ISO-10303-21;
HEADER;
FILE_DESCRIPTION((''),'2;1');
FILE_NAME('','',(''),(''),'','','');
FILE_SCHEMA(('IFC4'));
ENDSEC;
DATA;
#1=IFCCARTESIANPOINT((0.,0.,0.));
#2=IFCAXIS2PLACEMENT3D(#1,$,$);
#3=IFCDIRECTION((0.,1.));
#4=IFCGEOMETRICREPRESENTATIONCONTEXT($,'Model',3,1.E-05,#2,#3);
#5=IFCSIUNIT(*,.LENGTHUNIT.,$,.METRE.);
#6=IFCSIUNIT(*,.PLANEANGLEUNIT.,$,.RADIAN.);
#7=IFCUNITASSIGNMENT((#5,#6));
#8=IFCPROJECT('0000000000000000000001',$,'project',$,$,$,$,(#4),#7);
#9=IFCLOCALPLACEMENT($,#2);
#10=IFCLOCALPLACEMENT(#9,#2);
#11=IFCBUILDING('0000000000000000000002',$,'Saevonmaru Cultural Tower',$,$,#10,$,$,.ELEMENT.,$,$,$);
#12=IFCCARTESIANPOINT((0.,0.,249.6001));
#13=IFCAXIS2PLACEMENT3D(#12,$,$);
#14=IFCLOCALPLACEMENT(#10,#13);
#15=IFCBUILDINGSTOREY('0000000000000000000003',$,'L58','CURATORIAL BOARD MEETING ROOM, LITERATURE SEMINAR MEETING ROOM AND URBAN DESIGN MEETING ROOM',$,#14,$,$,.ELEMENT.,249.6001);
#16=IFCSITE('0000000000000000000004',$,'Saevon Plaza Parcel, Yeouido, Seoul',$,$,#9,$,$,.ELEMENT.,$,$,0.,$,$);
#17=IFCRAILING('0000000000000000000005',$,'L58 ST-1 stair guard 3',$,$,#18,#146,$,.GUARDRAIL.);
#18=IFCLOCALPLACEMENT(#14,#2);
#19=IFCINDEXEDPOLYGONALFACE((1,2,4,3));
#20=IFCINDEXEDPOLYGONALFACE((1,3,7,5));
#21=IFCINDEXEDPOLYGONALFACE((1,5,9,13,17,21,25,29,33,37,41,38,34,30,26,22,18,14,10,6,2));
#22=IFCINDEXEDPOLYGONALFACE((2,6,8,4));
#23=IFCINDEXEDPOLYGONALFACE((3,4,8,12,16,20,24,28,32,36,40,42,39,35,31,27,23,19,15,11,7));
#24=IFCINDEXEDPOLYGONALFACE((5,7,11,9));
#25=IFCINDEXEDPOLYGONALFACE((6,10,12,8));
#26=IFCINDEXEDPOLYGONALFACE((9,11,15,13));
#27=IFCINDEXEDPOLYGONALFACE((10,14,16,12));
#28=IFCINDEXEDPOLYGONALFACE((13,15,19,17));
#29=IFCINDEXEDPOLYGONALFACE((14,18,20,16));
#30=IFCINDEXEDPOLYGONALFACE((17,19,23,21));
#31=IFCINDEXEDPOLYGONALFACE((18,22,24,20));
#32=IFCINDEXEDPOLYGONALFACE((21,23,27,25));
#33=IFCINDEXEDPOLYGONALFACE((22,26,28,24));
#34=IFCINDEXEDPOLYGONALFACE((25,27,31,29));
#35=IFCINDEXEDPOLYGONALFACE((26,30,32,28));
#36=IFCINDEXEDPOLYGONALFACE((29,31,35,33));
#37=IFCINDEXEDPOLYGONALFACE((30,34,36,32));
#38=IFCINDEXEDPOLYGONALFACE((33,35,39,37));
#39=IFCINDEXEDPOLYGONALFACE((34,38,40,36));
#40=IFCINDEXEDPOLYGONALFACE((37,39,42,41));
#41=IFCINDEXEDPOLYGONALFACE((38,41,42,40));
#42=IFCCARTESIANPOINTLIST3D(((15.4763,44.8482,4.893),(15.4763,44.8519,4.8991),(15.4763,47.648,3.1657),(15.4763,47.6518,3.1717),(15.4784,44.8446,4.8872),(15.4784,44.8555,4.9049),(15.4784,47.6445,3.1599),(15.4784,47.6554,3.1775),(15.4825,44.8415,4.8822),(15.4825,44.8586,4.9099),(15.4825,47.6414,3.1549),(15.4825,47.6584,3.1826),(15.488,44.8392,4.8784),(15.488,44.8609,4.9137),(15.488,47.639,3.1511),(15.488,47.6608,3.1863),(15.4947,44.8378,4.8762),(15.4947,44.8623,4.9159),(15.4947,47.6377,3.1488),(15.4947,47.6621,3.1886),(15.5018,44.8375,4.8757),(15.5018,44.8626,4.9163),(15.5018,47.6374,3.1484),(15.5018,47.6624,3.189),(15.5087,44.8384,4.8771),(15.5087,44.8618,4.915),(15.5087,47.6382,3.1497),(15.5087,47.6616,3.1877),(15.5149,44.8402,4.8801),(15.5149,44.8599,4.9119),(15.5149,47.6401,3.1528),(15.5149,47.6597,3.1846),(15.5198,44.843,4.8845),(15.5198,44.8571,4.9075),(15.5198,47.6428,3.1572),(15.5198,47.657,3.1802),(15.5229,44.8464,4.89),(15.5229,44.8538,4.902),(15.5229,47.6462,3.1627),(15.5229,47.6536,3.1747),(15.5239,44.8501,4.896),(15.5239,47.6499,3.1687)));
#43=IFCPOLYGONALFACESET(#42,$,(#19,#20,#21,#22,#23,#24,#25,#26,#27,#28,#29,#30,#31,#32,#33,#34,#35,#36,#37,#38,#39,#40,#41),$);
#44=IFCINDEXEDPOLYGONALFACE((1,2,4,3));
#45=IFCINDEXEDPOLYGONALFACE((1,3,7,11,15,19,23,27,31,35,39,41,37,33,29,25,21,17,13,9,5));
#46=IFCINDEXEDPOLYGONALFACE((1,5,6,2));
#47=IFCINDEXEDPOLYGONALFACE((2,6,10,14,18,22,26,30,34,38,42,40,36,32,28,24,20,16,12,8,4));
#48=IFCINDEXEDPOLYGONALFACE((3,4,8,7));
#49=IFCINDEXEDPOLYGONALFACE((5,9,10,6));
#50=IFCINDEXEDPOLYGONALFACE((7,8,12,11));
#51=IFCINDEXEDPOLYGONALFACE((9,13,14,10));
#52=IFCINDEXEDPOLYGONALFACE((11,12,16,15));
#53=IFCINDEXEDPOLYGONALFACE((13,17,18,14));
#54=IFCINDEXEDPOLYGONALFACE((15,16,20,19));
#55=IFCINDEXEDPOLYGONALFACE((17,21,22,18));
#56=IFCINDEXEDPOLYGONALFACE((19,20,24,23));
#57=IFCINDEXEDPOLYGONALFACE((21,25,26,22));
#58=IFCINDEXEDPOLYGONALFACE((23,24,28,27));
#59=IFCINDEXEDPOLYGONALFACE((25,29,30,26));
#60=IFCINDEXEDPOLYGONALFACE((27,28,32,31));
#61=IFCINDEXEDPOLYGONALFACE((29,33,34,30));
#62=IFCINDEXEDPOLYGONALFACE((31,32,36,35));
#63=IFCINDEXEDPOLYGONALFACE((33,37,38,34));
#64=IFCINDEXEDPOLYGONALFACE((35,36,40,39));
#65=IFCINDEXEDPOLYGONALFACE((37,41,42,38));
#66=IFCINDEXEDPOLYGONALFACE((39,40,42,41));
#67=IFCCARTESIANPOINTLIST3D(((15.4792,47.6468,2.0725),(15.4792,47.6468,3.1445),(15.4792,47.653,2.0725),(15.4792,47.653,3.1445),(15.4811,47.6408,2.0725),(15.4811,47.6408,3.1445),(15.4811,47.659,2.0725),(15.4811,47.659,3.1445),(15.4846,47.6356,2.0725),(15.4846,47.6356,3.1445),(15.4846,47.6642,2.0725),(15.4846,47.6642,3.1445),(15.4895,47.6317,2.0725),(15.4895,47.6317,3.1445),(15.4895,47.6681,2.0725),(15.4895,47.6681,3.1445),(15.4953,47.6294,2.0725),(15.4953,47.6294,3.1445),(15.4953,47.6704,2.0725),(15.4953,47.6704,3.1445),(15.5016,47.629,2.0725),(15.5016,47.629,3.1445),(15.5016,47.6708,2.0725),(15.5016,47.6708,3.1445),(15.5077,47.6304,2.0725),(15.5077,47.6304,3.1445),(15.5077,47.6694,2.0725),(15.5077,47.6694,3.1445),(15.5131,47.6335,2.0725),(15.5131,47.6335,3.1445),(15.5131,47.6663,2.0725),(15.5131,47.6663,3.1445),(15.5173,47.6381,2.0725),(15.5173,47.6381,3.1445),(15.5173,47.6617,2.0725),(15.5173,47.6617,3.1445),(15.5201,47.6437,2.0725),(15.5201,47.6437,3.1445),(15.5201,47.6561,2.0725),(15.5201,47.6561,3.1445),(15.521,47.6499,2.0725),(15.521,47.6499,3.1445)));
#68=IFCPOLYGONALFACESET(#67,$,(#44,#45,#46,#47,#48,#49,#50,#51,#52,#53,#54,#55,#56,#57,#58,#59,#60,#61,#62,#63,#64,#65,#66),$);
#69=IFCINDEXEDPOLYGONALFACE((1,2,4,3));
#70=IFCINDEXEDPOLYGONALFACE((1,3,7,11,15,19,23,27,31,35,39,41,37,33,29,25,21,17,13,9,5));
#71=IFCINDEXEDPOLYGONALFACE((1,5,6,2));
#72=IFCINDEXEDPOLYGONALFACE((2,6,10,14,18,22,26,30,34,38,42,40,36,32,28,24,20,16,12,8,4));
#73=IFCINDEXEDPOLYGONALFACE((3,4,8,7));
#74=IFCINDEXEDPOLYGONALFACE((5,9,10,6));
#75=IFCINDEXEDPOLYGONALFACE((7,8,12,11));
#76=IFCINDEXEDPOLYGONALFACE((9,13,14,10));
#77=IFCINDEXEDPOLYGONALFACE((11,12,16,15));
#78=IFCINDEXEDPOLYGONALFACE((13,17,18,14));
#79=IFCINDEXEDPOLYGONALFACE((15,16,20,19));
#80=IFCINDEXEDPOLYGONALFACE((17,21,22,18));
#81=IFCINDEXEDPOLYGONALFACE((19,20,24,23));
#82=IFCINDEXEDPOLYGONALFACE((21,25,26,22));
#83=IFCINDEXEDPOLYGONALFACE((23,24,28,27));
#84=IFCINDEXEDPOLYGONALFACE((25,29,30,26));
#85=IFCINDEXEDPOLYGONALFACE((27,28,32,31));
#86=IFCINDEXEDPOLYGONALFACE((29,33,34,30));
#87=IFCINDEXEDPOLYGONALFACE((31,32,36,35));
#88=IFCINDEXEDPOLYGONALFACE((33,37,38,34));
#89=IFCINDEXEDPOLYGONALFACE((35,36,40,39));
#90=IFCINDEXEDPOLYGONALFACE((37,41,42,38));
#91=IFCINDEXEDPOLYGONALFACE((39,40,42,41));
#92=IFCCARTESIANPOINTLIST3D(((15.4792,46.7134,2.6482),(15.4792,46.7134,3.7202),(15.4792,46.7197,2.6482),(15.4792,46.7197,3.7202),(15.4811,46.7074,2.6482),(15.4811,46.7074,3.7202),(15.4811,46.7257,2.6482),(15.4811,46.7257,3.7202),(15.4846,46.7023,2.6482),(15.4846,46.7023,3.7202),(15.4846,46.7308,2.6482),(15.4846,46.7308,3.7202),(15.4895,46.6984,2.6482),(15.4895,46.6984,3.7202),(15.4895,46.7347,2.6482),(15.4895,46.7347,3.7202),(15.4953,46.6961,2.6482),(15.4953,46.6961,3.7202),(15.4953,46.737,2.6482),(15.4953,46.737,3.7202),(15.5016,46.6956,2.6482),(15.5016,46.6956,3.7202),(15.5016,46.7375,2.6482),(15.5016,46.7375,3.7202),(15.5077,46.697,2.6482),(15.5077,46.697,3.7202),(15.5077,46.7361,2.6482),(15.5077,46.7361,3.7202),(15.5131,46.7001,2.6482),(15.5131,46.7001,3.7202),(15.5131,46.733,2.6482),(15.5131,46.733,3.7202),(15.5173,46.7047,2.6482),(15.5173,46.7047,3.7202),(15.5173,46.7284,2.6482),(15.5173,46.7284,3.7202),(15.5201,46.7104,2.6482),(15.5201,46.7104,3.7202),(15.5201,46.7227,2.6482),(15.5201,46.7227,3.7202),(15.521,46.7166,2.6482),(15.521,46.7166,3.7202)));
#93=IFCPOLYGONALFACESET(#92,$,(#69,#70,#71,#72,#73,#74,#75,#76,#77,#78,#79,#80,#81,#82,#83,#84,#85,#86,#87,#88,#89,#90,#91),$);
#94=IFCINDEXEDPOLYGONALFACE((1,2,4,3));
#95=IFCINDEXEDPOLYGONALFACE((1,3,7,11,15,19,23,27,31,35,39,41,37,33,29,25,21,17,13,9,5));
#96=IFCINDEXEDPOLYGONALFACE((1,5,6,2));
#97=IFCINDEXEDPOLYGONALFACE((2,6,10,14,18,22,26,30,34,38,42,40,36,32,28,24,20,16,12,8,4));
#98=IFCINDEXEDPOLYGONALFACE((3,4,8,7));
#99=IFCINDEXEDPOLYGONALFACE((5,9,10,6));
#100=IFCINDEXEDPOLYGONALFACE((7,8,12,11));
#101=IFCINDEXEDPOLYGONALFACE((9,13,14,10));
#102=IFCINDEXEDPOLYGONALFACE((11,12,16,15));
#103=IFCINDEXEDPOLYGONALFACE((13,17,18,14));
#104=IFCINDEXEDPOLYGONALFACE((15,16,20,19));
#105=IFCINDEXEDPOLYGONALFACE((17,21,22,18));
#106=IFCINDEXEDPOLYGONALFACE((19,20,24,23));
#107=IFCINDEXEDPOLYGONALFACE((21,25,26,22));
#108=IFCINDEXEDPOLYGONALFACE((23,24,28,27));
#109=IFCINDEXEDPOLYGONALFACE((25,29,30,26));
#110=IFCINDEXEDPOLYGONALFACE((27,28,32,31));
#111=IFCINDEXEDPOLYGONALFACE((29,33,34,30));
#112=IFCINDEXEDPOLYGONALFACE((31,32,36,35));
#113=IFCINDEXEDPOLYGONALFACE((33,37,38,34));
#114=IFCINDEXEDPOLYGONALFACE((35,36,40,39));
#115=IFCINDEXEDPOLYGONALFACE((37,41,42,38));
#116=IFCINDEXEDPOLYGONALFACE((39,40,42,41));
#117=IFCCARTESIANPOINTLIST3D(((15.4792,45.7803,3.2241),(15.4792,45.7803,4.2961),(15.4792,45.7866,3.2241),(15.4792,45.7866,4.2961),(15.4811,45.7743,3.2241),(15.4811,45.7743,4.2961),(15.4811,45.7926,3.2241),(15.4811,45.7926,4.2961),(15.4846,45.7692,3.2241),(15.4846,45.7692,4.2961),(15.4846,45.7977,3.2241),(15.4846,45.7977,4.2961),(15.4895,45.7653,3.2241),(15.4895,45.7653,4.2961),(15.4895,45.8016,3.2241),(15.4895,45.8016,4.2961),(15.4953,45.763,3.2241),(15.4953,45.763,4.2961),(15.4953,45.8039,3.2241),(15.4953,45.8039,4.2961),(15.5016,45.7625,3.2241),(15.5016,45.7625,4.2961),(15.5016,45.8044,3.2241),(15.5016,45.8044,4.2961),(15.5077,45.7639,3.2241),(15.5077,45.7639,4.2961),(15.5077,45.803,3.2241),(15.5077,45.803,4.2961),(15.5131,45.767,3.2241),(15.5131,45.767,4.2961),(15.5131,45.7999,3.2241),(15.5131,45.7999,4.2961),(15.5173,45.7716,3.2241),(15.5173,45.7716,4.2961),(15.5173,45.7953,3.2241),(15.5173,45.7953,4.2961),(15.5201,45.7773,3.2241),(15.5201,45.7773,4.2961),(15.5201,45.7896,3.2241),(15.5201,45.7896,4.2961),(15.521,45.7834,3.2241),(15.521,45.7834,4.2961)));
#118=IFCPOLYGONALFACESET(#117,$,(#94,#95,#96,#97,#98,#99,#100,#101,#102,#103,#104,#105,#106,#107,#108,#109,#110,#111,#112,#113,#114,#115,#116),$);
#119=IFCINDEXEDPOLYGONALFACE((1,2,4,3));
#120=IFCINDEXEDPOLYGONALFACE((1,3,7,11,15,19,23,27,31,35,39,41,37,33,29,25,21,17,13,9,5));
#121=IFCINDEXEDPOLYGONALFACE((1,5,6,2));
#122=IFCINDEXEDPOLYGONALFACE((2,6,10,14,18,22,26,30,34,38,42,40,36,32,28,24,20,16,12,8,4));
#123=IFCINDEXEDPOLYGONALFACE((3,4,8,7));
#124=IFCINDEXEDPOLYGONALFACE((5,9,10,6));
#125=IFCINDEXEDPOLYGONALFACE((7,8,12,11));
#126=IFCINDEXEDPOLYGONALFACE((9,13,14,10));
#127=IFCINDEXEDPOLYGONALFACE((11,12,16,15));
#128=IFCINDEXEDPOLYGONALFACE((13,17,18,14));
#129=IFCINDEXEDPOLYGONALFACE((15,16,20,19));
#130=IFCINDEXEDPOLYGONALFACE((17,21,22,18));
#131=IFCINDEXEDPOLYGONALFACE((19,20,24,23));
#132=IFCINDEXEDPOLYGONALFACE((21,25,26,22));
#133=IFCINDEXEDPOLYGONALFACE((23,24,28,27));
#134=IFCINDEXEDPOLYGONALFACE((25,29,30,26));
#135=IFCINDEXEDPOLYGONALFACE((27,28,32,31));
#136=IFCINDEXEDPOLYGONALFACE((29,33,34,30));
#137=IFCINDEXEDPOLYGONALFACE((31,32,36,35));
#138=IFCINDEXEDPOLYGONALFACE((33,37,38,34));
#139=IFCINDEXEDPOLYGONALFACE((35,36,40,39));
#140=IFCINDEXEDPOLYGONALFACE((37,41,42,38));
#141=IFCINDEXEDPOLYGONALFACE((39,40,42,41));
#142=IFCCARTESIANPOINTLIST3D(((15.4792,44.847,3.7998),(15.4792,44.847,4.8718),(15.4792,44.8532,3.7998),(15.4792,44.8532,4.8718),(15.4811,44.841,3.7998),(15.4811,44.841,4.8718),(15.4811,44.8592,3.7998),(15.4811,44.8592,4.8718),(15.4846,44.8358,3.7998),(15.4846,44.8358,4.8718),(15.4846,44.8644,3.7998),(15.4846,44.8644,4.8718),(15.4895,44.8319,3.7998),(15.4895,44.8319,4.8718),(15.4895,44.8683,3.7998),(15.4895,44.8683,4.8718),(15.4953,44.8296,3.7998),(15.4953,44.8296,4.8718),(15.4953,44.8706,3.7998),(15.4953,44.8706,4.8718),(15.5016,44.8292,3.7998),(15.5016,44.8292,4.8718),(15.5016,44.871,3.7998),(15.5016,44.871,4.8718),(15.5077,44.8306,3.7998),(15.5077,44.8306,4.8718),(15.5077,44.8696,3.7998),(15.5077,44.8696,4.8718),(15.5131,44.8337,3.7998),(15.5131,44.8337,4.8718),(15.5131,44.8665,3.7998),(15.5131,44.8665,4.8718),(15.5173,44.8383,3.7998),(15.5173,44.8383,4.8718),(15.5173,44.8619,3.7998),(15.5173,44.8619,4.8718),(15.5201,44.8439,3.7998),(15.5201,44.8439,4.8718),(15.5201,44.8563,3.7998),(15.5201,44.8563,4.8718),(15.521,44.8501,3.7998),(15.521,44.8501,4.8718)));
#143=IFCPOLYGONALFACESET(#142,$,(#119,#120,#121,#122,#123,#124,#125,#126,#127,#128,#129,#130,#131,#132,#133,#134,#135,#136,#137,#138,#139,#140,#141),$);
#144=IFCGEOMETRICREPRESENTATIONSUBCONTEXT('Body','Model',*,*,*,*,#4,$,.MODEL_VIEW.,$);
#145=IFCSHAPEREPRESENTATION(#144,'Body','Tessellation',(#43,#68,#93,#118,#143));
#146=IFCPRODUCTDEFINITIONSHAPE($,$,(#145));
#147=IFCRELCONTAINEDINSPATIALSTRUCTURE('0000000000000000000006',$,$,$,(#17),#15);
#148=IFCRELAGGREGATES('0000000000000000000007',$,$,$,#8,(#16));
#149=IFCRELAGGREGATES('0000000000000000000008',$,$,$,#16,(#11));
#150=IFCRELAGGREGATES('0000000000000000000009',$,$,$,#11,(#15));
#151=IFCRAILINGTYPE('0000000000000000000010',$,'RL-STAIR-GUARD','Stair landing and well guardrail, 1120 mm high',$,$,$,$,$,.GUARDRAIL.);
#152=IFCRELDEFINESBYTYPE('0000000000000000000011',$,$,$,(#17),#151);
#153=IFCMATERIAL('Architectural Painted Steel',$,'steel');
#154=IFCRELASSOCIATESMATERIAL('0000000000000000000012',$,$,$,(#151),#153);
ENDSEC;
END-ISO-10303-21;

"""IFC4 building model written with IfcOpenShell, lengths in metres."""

from ifc_helpers import new_model, si_unit, direction, frame, origin, origin_2d, place, context, subcontext, project, spatial, circle, extrude, material, type_object, element, save


model = new_model("IFC4")

# Units and contexts
model_context = context("Model", 3, precision=1e-05, world=origin(), true_north=direction((0.0, 1.0)))
body_context = subcontext(model_context, "Body", "Model", "MODEL_VIEW")
ifc_project = project(units=[si_unit("LENGTHUNIT", "METRE"), si_unit("PLANEANGLEUNIT", "RADIAN")], contexts=[model_context])

# Site, building, storey
site_placement = place(None, origin())
site = spatial("IfcSite", under=ifc_project, at=site_placement, Name="Saevon Plaza Parcel, Yeouido, Seoul", CompositionType="ELEMENT", RefElevation=0.0)
building_placement = place(site_placement, origin())
building = spatial("IfcBuilding", under=site, at=building_placement, Name="Saevonmaru Cultural Tower", CompositionType="ELEMENT")
storey_placement = place(building_placement, frame((0.0, 0.0, 249.6001)))
storey = spatial("IfcBuildingStorey", under=building, at=storey_placement, Name="L58", Description="CURATORIAL BOARD MEETING ROOM, LITERATURE SEMINAR MEETING ROOM AND URBAN DESIGN MEETING ROOM", CompositionType="ELEMENT", Elevation=249.6001)

# Railing
ifc_material_1 = material(Name="Architectural Painted Steel", Category="steel")
railing_type_1 = type_object("IfcRailingType", Name="RL-STAIR-GUARD", Description="Stair landing and well guardrail, 1120 mm high", PredefinedType="GUARDRAIL", material=ifc_material_1)
railing_1_placement = place(storey_placement, frame((15.5, 47.6499, 2.0725)))
element("IfcRailing", 1, at=railing_1_placement, inside=storey, type_object=railing_type_1, Name="L58 ST-1 stair guard 3", PredefinedType="GUARDRAIL", context=body_context, shape_type="SweptSolid", body=[
    extrude(circle(Radius=0.0239, at=origin_2d()), frame((0.0, 0.0, 1.0962), z_axis=(0.0, -0.851069, 0.525054), x_axis=(1.0, 0.0, 0.0)), (0.0, 0.0, 1.0), 3.2898),
    extrude(circle(Radius=0.021, at=origin_2d()), origin(), (0.0, 0.0, 1.0), 1.072),
    extrude(circle(Radius=0.021, at=origin_2d()), frame((0.0, -0.9333, 0.5757)), (0.0, 0.0, 1.0), 1.072),
    extrude(circle(Radius=0.021, at=origin_2d()), frame((0.0, -1.8665, 1.1516)), (0.0, 0.0, 1.0), 1.072),
    extrude(circle(Radius=0.021, at=origin_2d()), frame((0.0, -2.7998, 1.7273)), (0.0, 0.0, 1.0), 1.072),
])

save(model, "model.ifc")
